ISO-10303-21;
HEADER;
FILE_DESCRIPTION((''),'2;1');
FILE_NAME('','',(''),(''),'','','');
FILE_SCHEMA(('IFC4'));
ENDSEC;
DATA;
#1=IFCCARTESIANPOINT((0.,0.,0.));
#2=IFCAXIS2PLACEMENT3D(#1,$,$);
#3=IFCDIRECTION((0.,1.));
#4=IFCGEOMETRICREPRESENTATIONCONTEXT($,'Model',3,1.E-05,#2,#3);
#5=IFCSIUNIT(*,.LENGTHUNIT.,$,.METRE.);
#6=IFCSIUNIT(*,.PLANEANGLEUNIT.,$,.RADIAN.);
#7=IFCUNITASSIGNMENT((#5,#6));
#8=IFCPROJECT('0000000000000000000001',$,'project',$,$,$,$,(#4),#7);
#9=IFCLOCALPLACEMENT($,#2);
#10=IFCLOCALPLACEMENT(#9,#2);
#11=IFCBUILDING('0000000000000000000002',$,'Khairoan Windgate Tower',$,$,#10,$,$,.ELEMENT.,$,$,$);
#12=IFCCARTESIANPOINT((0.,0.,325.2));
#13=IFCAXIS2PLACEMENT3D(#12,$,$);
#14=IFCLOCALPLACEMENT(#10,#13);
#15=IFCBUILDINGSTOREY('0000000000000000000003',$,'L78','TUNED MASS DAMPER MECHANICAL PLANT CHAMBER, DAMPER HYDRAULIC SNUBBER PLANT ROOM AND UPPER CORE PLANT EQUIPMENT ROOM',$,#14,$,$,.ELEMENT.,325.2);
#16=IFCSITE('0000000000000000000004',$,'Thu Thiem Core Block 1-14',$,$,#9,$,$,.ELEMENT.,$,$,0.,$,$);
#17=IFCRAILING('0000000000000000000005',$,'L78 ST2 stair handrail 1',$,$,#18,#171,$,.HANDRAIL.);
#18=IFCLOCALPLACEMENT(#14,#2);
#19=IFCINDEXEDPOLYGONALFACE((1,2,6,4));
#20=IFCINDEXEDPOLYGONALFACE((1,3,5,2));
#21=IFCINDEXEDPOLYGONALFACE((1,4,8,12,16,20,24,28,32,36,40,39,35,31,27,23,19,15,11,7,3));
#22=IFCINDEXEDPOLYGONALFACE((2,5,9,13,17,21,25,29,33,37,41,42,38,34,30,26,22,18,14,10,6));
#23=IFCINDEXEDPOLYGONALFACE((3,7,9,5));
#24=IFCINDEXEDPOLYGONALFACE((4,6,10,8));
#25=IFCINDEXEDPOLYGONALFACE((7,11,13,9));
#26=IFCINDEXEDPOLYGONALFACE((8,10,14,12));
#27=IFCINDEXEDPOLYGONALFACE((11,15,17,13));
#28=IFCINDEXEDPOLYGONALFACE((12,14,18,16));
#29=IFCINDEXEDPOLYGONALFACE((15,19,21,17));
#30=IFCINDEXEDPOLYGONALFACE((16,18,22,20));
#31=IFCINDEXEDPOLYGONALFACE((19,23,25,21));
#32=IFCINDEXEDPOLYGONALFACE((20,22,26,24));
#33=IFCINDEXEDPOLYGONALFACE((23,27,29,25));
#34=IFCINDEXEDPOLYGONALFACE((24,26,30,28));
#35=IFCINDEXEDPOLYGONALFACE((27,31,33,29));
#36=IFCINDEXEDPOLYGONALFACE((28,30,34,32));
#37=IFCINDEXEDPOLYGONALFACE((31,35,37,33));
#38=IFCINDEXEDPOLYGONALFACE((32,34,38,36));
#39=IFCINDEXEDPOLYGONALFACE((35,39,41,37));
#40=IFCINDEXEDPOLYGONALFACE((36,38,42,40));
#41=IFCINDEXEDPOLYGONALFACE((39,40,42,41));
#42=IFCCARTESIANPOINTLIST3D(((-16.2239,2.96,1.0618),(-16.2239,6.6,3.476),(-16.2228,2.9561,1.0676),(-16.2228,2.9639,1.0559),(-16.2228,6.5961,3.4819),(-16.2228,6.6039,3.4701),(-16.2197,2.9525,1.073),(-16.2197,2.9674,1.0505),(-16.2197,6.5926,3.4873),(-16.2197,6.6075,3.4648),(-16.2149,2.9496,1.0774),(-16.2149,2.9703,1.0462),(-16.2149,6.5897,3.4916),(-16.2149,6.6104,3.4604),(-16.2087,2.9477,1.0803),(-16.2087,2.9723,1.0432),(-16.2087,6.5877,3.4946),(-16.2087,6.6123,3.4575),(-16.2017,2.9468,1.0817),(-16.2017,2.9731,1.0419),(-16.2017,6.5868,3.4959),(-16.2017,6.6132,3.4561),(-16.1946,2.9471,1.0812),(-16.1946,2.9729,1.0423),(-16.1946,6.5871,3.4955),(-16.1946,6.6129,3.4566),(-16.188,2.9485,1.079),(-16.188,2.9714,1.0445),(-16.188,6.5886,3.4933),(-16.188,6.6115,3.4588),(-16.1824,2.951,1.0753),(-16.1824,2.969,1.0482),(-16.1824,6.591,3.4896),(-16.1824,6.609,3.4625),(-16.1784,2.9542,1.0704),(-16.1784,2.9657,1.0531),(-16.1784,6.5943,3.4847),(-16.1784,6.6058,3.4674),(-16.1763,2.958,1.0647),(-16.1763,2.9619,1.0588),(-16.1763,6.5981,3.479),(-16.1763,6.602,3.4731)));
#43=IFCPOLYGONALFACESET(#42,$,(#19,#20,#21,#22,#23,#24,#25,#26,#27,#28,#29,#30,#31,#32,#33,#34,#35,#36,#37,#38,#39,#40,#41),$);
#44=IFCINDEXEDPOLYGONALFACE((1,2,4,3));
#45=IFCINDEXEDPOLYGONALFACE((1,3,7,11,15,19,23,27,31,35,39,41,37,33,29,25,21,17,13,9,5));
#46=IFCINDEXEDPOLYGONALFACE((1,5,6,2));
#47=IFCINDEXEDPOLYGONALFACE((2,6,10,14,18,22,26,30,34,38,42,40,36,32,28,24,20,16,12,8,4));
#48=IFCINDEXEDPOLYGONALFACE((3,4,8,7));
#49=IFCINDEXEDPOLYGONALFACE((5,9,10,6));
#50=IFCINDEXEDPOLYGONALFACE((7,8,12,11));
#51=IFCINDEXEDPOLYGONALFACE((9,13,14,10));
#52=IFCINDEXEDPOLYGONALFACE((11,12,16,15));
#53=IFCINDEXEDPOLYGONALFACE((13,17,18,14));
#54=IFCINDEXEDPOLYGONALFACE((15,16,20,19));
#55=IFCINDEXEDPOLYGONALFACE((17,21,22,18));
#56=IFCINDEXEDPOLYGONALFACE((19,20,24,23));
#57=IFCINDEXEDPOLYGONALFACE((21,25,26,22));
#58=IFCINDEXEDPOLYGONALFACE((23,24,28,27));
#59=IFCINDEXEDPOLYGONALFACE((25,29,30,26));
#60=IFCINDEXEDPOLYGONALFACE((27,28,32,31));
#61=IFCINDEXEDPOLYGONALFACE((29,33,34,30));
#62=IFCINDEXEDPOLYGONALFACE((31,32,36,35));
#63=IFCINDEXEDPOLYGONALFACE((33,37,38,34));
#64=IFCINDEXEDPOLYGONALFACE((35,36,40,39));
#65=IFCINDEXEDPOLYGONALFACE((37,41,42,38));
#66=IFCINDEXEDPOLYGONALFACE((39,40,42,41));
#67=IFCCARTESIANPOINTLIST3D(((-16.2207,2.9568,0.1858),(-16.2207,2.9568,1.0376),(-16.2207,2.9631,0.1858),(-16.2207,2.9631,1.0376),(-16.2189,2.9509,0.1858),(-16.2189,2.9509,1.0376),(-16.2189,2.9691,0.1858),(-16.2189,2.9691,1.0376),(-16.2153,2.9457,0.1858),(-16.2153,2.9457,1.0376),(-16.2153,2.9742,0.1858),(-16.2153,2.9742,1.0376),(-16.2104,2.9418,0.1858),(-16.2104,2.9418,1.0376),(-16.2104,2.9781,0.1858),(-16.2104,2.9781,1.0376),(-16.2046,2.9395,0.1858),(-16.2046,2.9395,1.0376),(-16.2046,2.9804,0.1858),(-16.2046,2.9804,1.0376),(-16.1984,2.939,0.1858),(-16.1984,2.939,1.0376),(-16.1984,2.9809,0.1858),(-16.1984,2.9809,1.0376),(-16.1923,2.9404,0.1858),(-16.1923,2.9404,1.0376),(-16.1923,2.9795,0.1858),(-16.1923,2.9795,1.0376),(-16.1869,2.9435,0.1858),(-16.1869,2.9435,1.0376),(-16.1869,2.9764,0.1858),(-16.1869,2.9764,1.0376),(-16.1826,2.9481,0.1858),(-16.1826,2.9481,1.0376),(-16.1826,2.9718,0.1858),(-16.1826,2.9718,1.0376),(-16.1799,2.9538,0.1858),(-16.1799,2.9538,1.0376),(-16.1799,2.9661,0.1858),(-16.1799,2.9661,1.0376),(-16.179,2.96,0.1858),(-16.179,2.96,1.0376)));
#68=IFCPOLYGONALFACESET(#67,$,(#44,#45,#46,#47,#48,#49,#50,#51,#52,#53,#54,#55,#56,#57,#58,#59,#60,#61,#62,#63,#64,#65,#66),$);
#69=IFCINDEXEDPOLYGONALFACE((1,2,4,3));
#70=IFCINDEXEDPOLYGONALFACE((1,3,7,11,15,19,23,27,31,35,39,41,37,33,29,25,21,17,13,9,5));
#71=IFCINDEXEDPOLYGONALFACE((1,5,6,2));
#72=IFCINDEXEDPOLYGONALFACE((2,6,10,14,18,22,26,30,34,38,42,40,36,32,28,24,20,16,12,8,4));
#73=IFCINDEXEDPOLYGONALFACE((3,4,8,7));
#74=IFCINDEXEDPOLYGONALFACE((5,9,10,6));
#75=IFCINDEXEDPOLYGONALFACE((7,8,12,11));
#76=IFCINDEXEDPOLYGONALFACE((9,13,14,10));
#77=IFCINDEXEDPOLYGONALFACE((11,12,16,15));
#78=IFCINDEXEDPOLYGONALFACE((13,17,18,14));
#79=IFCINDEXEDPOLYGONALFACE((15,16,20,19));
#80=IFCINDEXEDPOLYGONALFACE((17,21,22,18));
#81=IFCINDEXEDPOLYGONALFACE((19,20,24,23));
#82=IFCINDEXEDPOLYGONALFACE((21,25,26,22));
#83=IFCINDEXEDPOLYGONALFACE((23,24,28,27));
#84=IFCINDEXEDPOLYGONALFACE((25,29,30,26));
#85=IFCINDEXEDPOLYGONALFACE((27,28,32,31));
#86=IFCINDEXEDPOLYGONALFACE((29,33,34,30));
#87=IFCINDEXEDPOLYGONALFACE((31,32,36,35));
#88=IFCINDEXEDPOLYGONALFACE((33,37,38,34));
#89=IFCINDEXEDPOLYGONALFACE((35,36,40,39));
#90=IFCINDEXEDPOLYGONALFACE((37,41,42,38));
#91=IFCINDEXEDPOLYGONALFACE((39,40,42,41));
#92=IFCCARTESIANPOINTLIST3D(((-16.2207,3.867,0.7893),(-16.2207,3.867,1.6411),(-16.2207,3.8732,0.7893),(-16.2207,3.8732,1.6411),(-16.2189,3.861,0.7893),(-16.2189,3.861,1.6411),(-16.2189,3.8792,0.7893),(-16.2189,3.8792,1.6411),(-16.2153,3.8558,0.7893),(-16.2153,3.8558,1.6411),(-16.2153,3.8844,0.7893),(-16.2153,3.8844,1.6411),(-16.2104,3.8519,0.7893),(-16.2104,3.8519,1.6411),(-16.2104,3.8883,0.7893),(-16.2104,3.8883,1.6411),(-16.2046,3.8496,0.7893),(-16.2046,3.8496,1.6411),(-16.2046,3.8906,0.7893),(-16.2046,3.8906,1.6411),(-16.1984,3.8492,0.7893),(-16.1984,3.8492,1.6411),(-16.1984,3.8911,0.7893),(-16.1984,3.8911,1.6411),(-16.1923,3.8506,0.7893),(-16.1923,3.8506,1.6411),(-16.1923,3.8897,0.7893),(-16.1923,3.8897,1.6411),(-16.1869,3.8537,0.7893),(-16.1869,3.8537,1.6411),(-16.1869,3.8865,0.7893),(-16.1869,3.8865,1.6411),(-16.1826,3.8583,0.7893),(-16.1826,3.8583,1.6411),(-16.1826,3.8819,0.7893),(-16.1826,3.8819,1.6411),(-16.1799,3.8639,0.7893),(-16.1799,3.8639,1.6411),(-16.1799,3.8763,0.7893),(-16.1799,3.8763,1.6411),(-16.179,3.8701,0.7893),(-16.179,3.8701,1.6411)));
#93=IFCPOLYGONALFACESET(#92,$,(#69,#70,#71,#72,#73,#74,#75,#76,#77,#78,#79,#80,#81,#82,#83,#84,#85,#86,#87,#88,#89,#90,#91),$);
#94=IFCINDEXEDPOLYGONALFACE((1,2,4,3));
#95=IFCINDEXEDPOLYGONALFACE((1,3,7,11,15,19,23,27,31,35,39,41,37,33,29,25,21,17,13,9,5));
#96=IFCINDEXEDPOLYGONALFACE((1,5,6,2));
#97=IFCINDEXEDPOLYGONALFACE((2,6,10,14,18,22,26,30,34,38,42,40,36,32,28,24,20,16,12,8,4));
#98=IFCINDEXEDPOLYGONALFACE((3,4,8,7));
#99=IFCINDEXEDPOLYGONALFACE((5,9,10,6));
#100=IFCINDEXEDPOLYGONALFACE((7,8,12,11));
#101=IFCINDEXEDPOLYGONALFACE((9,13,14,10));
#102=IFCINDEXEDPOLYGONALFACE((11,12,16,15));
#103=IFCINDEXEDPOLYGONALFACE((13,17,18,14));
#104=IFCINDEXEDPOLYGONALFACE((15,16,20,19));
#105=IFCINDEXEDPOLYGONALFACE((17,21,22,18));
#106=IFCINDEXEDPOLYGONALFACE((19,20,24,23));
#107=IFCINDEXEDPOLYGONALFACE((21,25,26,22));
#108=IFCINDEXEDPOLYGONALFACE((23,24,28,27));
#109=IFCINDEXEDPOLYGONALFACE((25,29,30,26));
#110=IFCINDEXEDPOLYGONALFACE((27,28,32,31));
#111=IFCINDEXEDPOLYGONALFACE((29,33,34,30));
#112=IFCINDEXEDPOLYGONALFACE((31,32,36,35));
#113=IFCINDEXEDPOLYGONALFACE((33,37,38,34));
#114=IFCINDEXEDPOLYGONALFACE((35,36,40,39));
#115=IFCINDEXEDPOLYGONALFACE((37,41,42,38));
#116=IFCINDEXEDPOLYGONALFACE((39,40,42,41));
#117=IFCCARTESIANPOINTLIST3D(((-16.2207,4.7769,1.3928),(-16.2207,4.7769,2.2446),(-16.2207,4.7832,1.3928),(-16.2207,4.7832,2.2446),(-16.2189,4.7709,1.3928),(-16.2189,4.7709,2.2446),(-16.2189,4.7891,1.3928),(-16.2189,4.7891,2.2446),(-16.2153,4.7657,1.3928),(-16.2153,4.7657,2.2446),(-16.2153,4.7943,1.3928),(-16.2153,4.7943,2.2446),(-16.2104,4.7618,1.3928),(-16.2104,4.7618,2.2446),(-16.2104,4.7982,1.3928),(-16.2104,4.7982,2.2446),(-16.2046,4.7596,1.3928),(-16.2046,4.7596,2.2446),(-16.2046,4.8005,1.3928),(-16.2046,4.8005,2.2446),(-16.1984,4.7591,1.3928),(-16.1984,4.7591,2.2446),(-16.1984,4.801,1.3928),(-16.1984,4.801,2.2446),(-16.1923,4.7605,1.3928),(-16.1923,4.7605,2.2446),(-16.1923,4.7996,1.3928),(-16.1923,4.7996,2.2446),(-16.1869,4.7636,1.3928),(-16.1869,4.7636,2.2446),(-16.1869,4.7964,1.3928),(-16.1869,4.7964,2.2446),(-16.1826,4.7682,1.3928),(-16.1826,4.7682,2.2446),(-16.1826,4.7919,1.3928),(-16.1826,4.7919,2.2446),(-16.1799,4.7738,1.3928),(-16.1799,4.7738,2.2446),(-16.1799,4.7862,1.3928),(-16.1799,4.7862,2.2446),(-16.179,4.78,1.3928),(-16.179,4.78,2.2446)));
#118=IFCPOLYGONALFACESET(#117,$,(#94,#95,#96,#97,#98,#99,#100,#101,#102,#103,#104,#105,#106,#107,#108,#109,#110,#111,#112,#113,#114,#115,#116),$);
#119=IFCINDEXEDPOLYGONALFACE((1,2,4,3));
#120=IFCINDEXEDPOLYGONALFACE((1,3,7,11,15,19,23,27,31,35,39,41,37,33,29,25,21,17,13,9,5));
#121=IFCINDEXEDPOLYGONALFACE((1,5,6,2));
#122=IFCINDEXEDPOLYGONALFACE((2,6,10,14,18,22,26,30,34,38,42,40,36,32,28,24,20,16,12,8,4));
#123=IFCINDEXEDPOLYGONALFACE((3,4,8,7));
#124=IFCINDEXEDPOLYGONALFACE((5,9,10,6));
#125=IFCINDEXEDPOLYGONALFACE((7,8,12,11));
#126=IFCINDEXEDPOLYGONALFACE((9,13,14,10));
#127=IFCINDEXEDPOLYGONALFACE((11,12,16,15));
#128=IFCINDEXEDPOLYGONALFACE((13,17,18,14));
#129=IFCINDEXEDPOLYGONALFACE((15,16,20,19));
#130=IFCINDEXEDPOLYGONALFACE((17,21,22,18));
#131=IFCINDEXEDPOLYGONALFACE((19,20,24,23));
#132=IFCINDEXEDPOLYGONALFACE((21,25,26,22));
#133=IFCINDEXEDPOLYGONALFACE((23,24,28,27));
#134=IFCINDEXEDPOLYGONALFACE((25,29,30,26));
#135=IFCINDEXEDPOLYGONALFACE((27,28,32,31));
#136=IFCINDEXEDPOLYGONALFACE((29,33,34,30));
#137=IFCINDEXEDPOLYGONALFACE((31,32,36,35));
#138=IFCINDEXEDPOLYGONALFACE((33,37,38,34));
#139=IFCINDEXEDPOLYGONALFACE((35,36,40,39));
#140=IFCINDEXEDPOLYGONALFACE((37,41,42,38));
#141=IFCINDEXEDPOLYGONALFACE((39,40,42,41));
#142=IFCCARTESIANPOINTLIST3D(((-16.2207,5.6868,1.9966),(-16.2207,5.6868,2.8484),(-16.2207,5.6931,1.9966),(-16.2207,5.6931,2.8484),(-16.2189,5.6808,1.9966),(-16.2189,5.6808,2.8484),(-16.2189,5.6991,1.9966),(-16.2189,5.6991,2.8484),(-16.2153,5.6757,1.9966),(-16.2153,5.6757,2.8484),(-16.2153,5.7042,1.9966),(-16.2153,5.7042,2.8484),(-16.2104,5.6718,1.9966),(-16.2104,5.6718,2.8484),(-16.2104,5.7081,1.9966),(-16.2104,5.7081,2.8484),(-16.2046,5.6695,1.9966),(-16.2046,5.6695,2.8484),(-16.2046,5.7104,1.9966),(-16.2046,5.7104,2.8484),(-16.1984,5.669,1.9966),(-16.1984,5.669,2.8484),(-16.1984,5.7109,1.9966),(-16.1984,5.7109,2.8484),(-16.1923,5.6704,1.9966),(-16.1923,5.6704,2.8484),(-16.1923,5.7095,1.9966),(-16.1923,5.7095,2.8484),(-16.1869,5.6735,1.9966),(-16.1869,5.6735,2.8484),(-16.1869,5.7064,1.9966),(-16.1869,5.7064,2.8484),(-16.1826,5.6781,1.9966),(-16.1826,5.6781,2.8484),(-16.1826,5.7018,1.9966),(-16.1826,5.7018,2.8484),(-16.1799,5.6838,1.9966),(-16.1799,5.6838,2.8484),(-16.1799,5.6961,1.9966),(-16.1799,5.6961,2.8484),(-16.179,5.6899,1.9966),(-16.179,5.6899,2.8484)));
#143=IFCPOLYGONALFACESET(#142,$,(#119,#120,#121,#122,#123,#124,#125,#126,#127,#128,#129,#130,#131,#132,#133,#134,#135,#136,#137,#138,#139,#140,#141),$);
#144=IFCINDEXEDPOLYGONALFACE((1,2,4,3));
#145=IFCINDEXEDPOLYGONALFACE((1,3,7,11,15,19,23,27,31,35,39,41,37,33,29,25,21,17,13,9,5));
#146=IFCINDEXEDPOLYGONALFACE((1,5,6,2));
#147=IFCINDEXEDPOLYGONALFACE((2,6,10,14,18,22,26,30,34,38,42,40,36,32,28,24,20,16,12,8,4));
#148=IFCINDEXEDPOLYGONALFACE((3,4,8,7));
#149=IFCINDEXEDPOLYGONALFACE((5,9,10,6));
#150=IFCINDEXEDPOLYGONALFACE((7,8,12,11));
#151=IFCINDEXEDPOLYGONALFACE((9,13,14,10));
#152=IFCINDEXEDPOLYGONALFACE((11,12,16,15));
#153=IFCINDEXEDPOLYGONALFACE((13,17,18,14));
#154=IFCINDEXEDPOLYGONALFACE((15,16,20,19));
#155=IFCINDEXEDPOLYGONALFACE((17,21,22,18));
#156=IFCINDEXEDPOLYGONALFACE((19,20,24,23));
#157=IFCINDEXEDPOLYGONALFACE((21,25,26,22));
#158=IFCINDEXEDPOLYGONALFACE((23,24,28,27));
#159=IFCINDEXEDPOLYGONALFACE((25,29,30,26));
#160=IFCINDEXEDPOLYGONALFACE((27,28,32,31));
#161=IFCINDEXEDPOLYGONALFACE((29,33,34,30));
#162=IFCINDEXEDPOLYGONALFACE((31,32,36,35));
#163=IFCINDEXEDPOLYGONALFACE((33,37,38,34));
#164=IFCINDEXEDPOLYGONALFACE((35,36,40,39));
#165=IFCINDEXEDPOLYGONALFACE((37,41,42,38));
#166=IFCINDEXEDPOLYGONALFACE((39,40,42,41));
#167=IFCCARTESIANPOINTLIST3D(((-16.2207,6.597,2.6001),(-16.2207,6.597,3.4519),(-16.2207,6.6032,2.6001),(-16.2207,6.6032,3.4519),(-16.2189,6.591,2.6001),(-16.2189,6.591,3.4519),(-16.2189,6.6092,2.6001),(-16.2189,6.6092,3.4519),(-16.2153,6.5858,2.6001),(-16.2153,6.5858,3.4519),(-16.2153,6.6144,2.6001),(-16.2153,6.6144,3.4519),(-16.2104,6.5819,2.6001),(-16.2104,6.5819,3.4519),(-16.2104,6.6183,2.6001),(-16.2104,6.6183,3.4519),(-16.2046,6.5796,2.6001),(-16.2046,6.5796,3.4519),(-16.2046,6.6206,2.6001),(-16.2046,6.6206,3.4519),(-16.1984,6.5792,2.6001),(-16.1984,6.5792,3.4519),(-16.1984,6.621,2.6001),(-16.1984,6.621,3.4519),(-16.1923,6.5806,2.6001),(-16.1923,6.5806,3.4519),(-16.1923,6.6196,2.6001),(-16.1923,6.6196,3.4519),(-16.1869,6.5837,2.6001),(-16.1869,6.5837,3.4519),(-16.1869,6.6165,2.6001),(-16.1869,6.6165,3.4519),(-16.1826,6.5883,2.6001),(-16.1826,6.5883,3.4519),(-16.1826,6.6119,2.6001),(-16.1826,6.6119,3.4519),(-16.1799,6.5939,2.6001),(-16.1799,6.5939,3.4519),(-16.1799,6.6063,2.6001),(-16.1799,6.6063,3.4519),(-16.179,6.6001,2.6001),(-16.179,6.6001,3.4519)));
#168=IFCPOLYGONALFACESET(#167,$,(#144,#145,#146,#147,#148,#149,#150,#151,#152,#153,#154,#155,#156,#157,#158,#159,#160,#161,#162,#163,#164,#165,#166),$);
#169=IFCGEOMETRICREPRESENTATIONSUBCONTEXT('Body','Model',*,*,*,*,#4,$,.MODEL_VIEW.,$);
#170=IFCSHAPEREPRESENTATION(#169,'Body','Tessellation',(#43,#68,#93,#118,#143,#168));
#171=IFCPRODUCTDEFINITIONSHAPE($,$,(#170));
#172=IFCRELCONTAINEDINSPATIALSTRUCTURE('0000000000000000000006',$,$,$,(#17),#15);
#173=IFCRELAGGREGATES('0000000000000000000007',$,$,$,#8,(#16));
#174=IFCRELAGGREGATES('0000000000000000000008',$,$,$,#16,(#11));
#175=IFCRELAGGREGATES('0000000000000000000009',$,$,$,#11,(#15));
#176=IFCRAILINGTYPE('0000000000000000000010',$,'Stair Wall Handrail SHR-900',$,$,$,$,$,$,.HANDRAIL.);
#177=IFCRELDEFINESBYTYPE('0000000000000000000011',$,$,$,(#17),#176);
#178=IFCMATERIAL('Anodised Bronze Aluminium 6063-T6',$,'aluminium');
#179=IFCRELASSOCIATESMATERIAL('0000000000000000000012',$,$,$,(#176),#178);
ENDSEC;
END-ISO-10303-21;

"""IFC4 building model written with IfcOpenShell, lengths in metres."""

from ifc_helpers import new_model, si_unit, direction, frame, origin, origin_2d, place, context, subcontext, project, spatial, circle, extrude, material, type_object, element, save


model = new_model("IFC4")

# Units and contexts
model_context = context("Model", 3, precision=1e-05, world=origin(), true_north=direction((0.0, 1.0)))
body_context = subcontext(model_context, "Body", "Model", "MODEL_VIEW")
ifc_project = project(units=[si_unit("LENGTHUNIT", "METRE"), si_unit("PLANEANGLEUNIT", "RADIAN")], contexts=[model_context])

# Site, building, storey
site_placement = place(None, origin())
site = spatial("IfcSite", under=ifc_project, at=site_placement, Name="Thu Thiem Core Block 1-14", CompositionType="ELEMENT", RefElevation=0.0)
building_placement = place(site_placement, origin())
building = spatial("IfcBuilding", under=site, at=building_placement, Name="Khairoan Windgate Tower", CompositionType="ELEMENT")
storey_placement = place(building_placement, frame((0.0, 0.0, 325.2)))
storey = spatial("IfcBuildingStorey", under=building, at=storey_placement, Name="L78", Description="TUNED MASS DAMPER MECHANICAL PLANT CHAMBER, DAMPER HYDRAULIC SNUBBER PLANT ROOM AND UPPER CORE PLANT EQUIPMENT ROOM", CompositionType="ELEMENT", Elevation=325.2)

# Railing
ifc_material_1 = material(Name="Anodised Bronze Aluminium 6063-T6", Category="aluminium")
railing_type_1 = type_object("IfcRailingType", Name="Stair Wall Handrail SHR-900", PredefinedType="HANDRAIL", material=ifc_material_1)
railing_1_placement = place(storey_placement, frame((-16.2, 2.96, 0.1858)))
element("IfcRailing", 1, at=railing_1_placement, inside=storey, type_object=railing_type_1, Name="L78 ST2 stair handrail 1", PredefinedType="HANDRAIL", context=body_context, shape_type="SweptSolid", body=[
    extrude(circle(Radius=0.0239, at=origin_2d()), frame((0.0, 0.0, 0.876), z_axis=(0.0, 0.833364, 0.552725), x_axis=(-1.0, 0.0, 0.0)), (0.0, 0.0, 1.0), 4.3679),
    extrude(circle(Radius=0.021, at=origin_2d()), origin(), (0.0, 0.0, 1.0), 0.8518),
    extrude(circle(Radius=0.021, at=origin_2d()), frame((0.0, 0.9102, 0.6035)), (0.0, 0.0, 1.0), 0.8518),
    extrude(circle(Radius=0.021, at=origin_2d()), frame((0.0, 1.8201, 1.207)), (0.0, 0.0, 1.0), 0.8518),
    extrude(circle(Radius=0.021, at=origin_2d()), frame((0.0, 2.73, 1.8108)), (0.0, 0.0, 1.0), 0.8518),
    extrude(circle(Radius=0.021, at=origin_2d()), frame((0.0, 3.6401, 2.4143)), (0.0, 0.0, 1.0), 0.8518),
])

save(model, "model.ifc")
